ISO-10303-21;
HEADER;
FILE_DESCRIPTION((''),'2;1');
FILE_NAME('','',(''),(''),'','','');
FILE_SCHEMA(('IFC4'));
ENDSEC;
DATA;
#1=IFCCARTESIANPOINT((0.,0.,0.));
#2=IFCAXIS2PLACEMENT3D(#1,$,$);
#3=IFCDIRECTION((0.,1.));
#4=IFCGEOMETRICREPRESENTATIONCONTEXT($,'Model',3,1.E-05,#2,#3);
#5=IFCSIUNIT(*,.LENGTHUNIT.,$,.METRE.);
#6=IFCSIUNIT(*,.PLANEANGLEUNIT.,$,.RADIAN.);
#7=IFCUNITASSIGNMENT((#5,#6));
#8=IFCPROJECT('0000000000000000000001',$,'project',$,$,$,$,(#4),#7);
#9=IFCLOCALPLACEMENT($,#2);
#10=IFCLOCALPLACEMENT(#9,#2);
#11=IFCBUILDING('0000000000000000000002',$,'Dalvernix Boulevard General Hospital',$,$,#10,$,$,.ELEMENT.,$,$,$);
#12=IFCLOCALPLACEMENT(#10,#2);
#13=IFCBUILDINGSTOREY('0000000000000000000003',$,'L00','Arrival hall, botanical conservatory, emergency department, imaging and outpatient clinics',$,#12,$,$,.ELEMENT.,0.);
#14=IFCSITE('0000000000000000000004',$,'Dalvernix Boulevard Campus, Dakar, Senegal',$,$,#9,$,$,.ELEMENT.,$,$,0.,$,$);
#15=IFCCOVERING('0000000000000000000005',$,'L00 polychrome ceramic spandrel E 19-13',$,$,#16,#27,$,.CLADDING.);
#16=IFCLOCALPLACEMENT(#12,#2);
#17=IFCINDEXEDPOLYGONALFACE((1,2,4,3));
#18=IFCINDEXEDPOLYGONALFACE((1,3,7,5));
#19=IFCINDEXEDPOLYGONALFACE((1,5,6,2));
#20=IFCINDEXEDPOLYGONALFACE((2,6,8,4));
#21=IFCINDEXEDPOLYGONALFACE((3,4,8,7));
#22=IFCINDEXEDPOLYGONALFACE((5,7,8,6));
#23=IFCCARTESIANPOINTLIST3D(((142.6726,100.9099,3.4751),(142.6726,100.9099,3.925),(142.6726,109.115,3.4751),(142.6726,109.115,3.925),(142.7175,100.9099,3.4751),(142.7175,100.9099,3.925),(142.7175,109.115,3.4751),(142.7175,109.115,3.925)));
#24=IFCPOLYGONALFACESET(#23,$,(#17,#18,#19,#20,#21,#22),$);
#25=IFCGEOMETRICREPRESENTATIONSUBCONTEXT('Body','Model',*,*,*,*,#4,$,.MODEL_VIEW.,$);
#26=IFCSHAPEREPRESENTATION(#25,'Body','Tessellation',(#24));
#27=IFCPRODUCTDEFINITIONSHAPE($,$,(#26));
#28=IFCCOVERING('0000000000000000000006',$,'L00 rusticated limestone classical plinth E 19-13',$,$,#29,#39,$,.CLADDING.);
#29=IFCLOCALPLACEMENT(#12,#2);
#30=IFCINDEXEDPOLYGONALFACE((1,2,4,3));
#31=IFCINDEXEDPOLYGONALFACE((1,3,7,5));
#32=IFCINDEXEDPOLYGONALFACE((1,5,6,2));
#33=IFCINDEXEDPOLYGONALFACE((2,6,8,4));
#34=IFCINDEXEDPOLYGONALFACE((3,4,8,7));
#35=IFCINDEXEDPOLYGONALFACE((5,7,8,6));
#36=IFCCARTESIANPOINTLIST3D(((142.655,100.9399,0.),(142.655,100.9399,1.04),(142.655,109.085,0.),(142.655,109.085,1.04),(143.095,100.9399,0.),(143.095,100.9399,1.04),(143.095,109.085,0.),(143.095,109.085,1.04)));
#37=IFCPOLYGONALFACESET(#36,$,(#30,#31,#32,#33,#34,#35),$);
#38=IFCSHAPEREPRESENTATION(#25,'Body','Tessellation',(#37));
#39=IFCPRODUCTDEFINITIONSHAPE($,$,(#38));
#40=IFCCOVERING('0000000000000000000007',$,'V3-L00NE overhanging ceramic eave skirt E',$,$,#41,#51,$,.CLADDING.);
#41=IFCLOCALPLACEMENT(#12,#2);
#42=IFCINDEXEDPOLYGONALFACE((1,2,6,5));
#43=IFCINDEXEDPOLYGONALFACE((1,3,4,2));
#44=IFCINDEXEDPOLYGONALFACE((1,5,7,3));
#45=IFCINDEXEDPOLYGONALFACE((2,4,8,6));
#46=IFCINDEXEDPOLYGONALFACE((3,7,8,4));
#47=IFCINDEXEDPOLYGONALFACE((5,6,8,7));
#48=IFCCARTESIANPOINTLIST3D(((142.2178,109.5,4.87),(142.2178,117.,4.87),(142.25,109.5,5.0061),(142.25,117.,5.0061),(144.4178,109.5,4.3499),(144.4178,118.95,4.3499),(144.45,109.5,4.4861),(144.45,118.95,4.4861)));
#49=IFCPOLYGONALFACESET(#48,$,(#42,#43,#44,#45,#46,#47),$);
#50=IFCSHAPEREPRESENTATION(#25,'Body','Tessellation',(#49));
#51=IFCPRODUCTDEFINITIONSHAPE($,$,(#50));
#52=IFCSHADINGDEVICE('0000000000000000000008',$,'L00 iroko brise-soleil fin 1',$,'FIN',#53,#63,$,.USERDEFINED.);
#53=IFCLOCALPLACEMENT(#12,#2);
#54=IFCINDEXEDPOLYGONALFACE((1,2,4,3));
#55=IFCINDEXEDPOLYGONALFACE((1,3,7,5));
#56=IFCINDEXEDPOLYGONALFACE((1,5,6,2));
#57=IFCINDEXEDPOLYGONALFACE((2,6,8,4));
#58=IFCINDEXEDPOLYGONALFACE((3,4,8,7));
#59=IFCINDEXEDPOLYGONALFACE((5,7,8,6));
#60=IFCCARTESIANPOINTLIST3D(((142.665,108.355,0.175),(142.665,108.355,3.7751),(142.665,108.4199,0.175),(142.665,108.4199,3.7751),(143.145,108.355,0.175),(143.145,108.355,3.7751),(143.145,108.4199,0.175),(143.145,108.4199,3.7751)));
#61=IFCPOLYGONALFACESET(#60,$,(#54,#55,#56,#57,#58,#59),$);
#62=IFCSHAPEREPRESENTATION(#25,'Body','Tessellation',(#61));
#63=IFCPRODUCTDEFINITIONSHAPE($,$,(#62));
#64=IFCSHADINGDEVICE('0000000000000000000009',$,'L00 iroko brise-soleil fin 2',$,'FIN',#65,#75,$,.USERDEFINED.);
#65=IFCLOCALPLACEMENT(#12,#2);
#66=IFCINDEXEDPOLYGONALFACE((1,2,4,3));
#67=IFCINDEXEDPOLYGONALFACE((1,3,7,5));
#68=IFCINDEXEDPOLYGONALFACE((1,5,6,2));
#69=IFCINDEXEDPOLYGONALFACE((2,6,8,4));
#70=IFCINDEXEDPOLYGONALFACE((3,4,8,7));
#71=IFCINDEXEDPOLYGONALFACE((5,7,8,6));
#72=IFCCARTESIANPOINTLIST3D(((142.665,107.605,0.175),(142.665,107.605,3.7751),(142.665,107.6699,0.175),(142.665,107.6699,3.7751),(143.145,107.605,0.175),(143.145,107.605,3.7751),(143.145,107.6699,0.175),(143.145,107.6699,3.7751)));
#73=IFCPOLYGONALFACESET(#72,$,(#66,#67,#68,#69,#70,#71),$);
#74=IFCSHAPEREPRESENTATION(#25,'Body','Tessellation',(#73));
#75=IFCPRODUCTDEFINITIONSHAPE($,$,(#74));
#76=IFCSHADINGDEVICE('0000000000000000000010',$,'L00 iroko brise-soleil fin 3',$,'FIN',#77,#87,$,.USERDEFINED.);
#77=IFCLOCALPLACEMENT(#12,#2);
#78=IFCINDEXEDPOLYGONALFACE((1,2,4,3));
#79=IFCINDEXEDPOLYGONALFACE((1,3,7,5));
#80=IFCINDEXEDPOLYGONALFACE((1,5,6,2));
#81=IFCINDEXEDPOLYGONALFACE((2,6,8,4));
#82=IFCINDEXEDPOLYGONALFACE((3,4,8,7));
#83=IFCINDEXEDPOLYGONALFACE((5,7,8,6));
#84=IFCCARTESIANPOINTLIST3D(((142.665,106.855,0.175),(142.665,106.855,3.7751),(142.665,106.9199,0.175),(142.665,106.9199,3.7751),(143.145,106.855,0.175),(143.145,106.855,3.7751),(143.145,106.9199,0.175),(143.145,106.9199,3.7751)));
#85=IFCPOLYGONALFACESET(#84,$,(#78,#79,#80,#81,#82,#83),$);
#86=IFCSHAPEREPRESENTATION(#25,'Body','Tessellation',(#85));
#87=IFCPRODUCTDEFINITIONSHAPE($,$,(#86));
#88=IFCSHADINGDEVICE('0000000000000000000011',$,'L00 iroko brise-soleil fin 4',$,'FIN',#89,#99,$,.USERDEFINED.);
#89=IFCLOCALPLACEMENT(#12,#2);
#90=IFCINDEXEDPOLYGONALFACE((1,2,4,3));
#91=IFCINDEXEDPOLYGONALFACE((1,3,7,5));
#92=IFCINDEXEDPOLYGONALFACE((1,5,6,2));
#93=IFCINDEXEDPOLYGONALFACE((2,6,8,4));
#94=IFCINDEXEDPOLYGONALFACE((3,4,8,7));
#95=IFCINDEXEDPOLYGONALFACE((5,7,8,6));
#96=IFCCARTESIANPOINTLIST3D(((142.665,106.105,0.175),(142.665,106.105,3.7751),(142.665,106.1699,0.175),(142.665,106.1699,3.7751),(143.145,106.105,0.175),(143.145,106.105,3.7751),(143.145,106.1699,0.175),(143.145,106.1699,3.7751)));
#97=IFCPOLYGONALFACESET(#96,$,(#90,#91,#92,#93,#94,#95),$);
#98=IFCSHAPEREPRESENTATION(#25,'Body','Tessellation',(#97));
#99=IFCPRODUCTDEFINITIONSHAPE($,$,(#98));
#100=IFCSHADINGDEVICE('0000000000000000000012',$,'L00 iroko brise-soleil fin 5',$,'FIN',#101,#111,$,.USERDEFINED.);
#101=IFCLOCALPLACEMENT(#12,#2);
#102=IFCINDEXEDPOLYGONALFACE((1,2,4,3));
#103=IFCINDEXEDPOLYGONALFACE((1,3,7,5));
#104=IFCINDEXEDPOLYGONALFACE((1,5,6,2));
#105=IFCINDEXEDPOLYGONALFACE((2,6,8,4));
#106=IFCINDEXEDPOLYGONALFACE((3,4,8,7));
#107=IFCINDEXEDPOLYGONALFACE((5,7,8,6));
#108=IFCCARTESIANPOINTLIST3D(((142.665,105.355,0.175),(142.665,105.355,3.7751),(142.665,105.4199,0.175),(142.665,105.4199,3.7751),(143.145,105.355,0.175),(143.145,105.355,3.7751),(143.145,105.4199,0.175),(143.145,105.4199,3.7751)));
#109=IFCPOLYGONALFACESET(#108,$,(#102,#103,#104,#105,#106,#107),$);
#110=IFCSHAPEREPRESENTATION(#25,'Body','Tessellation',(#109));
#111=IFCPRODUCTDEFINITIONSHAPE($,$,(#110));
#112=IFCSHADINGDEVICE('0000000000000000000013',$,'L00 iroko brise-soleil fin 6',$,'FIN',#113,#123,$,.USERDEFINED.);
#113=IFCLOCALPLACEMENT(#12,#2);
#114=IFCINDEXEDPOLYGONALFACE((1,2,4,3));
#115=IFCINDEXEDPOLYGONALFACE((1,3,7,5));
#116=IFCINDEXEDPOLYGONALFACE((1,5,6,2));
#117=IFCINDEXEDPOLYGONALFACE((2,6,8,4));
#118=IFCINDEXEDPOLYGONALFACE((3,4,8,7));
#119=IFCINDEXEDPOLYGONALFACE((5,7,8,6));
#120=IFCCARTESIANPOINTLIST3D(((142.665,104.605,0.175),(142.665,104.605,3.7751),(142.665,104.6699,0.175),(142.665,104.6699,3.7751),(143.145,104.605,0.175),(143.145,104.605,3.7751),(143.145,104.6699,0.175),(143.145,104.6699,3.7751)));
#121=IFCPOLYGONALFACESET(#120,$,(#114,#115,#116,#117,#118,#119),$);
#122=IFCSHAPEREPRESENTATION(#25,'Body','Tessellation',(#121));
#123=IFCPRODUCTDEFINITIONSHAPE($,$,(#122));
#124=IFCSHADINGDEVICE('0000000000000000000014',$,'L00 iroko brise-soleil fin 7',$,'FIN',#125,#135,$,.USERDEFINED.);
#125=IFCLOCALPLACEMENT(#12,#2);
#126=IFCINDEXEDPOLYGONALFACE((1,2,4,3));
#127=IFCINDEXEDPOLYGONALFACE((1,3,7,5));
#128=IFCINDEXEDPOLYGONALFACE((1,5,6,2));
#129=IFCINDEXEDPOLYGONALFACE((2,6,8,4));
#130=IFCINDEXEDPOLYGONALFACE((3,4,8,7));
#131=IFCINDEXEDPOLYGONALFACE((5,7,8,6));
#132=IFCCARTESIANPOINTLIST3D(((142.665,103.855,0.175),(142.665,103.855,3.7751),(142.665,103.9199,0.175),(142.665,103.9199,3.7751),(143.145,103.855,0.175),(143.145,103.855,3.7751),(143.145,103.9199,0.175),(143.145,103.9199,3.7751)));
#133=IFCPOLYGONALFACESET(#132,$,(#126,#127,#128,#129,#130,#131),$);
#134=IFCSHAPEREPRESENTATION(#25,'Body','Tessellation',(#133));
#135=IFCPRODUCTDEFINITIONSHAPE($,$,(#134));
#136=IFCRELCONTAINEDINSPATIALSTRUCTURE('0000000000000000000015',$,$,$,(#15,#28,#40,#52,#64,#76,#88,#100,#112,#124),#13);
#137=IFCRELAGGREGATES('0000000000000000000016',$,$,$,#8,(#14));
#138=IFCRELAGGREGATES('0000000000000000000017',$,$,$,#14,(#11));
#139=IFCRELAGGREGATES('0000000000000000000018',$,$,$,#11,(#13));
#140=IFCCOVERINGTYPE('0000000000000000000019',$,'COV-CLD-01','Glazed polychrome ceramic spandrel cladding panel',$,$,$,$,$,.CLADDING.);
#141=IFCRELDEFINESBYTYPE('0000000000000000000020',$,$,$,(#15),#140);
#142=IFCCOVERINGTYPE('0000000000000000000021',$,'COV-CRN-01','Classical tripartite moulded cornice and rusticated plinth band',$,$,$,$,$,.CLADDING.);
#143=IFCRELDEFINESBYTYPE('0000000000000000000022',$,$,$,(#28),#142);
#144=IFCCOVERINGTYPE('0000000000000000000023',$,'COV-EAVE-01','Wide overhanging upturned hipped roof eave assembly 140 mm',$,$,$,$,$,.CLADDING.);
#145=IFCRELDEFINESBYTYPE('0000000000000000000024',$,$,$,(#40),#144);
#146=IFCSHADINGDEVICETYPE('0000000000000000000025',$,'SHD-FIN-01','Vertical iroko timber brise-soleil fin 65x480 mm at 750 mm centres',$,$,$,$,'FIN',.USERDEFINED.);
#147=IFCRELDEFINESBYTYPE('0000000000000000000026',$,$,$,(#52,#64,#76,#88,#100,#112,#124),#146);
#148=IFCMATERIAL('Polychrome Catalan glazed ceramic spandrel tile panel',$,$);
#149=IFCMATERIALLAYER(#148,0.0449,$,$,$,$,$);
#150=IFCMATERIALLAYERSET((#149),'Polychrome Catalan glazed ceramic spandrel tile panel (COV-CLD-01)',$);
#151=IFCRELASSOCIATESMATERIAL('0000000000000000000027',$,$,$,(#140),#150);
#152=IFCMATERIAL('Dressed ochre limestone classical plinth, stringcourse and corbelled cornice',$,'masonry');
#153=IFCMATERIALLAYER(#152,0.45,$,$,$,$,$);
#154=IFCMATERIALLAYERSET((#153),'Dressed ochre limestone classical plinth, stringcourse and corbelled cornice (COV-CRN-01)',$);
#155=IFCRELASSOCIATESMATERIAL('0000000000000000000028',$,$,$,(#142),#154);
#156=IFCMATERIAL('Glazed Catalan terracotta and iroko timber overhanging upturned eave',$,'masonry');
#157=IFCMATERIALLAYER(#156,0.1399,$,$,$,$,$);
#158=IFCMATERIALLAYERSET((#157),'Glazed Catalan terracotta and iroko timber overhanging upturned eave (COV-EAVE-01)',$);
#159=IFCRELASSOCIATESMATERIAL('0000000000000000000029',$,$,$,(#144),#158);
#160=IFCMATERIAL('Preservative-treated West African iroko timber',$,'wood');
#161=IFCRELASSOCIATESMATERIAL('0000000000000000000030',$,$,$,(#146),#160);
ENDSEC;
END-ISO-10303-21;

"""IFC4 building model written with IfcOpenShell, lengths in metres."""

from ifc_helpers import new_model, si_unit, direction, frame, origin, origin_2d, place, context, subcontext, project, spatial, polyline, rectangle, outline, extrude, material, layer, layer_set, type_object, element, save


model = new_model("IFC4")

# Units and contexts
model_context = context("Model", 3, precision=1e-05, world=origin(), true_north=direction((0.0, 1.0)))
body_context = subcontext(model_context, "Body", "Model", "MODEL_VIEW")
ifc_project = project(units=[si_unit("LENGTHUNIT", "METRE"), si_unit("PLANEANGLEUNIT", "RADIAN")], contexts=[model_context])

# Site, building, storey
site_placement = place(None, origin())
site = spatial("IfcSite", under=ifc_project, at=site_placement, Name="Dalvernix Boulevard Campus, Dakar, Senegal", CompositionType="ELEMENT", RefElevation=0.0)
building_placement = place(site_placement, origin())
building = spatial("IfcBuilding", under=site, at=building_placement, Name="Dalvernix Boulevard General Hospital", CompositionType="ELEMENT")
storey_placement = place(building_placement, origin())
storey = spatial("IfcBuildingStorey", under=building, at=storey_placement, Name="L00", Description="Arrival hall, botanical conservatory, emergency department, imaging and outpatient clinics", CompositionType="ELEMENT", Elevation=0.0)

# Coverings
ifc_material_1 = material(Name="Polychrome Catalan glazed ceramic spandrel tile panel")
ifc_layer_1 = layer(ifc_material_1, 0.0449)
ifc_layer_set_1 = layer_set([ifc_layer_1], Name="Polychrome Catalan glazed ceramic spandrel tile panel (COV-CLD-01)")
covering_type_1 = type_object("IfcCoveringType", Name="COV-CLD-01", Description="Glazed polychrome ceramic spandrel cladding panel", PredefinedType="CLADDING", material=ifc_layer_set_1)
covering_1_placement = place(storey_placement, frame((142.6951, 105.0125, 3.4751), z_axis=(0.0, 0.0, 1.0), x_axis=(0.0, -1.0, 0.0)))
element("IfcCovering", 1, at=covering_1_placement, inside=storey, type_object=covering_type_1, Name="L00 polychrome ceramic spandrel E 19-13", PredefinedType="CLADDING", context=body_context, shape_type="SweptSolid", body=[
    extrude(rectangle(XDim=8.2051, YDim=0.0449, at=origin_2d()), origin(), (0.0, 0.0, 1.0), 0.45),
])
ifc_material_2 = material(Name="Dressed ochre limestone classical plinth, stringcourse and corbelled cornice", Category="masonry")
ifc_layer_2 = layer(ifc_material_2, 0.45)
ifc_layer_set_2 = layer_set([ifc_layer_2], Name="Dressed ochre limestone classical plinth, stringcourse and corbelled cornice (COV-CRN-01)")
covering_type_2 = type_object("IfcCoveringType", Name="COV-CRN-01", Description="Classical tripartite moulded cornice and rusticated plinth band", PredefinedType="CLADDING", material=ifc_layer_set_2)
covering_2_placement = place(storey_placement, frame((142.875, 105.0125, 0.0), z_axis=(0.0, 0.0, 1.0), x_axis=(0.0, -1.0, 0.0)))
element("IfcCovering", 2, at=covering_2_placement, inside=storey, type_object=covering_type_2, Name="L00 rusticated limestone classical plinth E 19-13", PredefinedType="CLADDING", context=body_context, shape_type="SweptSolid", body=[
    extrude(rectangle(XDim=8.145, YDim=0.4399, at=origin_2d()), origin(), (0.0, 0.0, 1.0), 1.04),
])
ifc_material_3 = material(Name="Glazed Catalan terracotta and iroko timber overhanging upturned eave", Category="masonry")
ifc_layer_3 = layer(ifc_material_3, 0.1399)
ifc_layer_set_3 = layer_set([ifc_layer_3], Name="Glazed Catalan terracotta and iroko timber overhanging upturned eave (COV-EAVE-01)")
covering_type_3 = type_object("IfcCoveringType", Name="COV-EAVE-01", Description="Wide overhanging upturned hipped roof eave assembly 140 mm", PredefinedType="CLADDING", material=ifc_layer_set_3)
covering_3_placement = place(storey_placement, frame((142.25, 109.5, 5.0061), z_axis=(0.230038, 0.0, 0.973182), x_axis=(0.0, 1.0, 0.0)))
element("IfcCovering", 3, at=covering_3_placement, inside=storey, type_object=covering_type_3, Name="V3-L00NE overhanging ceramic eave skirt E", PredefinedType="CLADDING", context=body_context, shape_type="SweptSolid", body=[
    extrude(outline(polyline([(0.0, 0.0), (7.5, 0.0), (9.45, -2.2606), (0.0, -2.2606), (0.0, 0.0)])), origin(), (0.0, 0.0, -1.0), 0.1399),
])

# Shading devices
ifc_material_4 = material(Name="Preservative-treated West African iroko timber", Category="wood")
shading_device_type = type_object("IfcShadingDeviceType", Name="SHD-FIN-01", Description="Vertical iroko timber brise-soleil fin 65x480 mm at 750 mm centres", ElementType="FIN", PredefinedType="USERDEFINED", material=ifc_material_4)
for number, where, z_axis, x_axis, name in (
    (4, (142.905, 108.3875, 0.175), (0.0, 0.0, 1.0), (0.0, -1.0, 0.0), "L00 iroko brise-soleil fin 1"),
    (5, (142.905, 107.6375, 0.175), (0.0, 0.0, 1.0), (0.0, -1.0, 0.0), "L00 iroko brise-soleil fin 2"),
    (6, (142.905, 106.8875, 0.175), (0.0, 0.0, 1.0), (0.0, -1.0, 0.0), "L00 iroko brise-soleil fin 3"),
    (7, (142.905, 106.1375, 0.175), (0.0, 0.0, 1.0), (0.0, -1.0, 0.0), "L00 iroko brise-soleil fin 4"),
    (8, (142.905, 105.3875, 0.175), (0.0, 0.0, 1.0), (0.0, -1.0, 0.0), "L00 iroko brise-soleil fin 5"),
    (9, (142.905, 104.6375, 0.175), (0.0, 0.0, 1.0), (0.0, -1.0, 0.0), "L00 iroko brise-soleil fin 6"),
    (10, (142.905, 103.8875, 0.175), (0.0, 0.0, 1.0), (0.0, -1.0, 0.0), "L00 iroko brise-soleil fin 7"),
):
    element("IfcShadingDevice", number, at=place(storey_placement, frame(where, z_axis=z_axis, x_axis=x_axis)), inside=storey, type_object=shading_device_type, Name=name, ObjectType="FIN", PredefinedType="USERDEFINED", context=body_context, shape_type="SweptSolid", body=[
        extrude(rectangle(XDim=0.0649, YDim=0.48, at=origin_2d()), origin(), (0.0, 0.0, 1.0), 3.6001),
    ])

save(model, "model.ifc")
